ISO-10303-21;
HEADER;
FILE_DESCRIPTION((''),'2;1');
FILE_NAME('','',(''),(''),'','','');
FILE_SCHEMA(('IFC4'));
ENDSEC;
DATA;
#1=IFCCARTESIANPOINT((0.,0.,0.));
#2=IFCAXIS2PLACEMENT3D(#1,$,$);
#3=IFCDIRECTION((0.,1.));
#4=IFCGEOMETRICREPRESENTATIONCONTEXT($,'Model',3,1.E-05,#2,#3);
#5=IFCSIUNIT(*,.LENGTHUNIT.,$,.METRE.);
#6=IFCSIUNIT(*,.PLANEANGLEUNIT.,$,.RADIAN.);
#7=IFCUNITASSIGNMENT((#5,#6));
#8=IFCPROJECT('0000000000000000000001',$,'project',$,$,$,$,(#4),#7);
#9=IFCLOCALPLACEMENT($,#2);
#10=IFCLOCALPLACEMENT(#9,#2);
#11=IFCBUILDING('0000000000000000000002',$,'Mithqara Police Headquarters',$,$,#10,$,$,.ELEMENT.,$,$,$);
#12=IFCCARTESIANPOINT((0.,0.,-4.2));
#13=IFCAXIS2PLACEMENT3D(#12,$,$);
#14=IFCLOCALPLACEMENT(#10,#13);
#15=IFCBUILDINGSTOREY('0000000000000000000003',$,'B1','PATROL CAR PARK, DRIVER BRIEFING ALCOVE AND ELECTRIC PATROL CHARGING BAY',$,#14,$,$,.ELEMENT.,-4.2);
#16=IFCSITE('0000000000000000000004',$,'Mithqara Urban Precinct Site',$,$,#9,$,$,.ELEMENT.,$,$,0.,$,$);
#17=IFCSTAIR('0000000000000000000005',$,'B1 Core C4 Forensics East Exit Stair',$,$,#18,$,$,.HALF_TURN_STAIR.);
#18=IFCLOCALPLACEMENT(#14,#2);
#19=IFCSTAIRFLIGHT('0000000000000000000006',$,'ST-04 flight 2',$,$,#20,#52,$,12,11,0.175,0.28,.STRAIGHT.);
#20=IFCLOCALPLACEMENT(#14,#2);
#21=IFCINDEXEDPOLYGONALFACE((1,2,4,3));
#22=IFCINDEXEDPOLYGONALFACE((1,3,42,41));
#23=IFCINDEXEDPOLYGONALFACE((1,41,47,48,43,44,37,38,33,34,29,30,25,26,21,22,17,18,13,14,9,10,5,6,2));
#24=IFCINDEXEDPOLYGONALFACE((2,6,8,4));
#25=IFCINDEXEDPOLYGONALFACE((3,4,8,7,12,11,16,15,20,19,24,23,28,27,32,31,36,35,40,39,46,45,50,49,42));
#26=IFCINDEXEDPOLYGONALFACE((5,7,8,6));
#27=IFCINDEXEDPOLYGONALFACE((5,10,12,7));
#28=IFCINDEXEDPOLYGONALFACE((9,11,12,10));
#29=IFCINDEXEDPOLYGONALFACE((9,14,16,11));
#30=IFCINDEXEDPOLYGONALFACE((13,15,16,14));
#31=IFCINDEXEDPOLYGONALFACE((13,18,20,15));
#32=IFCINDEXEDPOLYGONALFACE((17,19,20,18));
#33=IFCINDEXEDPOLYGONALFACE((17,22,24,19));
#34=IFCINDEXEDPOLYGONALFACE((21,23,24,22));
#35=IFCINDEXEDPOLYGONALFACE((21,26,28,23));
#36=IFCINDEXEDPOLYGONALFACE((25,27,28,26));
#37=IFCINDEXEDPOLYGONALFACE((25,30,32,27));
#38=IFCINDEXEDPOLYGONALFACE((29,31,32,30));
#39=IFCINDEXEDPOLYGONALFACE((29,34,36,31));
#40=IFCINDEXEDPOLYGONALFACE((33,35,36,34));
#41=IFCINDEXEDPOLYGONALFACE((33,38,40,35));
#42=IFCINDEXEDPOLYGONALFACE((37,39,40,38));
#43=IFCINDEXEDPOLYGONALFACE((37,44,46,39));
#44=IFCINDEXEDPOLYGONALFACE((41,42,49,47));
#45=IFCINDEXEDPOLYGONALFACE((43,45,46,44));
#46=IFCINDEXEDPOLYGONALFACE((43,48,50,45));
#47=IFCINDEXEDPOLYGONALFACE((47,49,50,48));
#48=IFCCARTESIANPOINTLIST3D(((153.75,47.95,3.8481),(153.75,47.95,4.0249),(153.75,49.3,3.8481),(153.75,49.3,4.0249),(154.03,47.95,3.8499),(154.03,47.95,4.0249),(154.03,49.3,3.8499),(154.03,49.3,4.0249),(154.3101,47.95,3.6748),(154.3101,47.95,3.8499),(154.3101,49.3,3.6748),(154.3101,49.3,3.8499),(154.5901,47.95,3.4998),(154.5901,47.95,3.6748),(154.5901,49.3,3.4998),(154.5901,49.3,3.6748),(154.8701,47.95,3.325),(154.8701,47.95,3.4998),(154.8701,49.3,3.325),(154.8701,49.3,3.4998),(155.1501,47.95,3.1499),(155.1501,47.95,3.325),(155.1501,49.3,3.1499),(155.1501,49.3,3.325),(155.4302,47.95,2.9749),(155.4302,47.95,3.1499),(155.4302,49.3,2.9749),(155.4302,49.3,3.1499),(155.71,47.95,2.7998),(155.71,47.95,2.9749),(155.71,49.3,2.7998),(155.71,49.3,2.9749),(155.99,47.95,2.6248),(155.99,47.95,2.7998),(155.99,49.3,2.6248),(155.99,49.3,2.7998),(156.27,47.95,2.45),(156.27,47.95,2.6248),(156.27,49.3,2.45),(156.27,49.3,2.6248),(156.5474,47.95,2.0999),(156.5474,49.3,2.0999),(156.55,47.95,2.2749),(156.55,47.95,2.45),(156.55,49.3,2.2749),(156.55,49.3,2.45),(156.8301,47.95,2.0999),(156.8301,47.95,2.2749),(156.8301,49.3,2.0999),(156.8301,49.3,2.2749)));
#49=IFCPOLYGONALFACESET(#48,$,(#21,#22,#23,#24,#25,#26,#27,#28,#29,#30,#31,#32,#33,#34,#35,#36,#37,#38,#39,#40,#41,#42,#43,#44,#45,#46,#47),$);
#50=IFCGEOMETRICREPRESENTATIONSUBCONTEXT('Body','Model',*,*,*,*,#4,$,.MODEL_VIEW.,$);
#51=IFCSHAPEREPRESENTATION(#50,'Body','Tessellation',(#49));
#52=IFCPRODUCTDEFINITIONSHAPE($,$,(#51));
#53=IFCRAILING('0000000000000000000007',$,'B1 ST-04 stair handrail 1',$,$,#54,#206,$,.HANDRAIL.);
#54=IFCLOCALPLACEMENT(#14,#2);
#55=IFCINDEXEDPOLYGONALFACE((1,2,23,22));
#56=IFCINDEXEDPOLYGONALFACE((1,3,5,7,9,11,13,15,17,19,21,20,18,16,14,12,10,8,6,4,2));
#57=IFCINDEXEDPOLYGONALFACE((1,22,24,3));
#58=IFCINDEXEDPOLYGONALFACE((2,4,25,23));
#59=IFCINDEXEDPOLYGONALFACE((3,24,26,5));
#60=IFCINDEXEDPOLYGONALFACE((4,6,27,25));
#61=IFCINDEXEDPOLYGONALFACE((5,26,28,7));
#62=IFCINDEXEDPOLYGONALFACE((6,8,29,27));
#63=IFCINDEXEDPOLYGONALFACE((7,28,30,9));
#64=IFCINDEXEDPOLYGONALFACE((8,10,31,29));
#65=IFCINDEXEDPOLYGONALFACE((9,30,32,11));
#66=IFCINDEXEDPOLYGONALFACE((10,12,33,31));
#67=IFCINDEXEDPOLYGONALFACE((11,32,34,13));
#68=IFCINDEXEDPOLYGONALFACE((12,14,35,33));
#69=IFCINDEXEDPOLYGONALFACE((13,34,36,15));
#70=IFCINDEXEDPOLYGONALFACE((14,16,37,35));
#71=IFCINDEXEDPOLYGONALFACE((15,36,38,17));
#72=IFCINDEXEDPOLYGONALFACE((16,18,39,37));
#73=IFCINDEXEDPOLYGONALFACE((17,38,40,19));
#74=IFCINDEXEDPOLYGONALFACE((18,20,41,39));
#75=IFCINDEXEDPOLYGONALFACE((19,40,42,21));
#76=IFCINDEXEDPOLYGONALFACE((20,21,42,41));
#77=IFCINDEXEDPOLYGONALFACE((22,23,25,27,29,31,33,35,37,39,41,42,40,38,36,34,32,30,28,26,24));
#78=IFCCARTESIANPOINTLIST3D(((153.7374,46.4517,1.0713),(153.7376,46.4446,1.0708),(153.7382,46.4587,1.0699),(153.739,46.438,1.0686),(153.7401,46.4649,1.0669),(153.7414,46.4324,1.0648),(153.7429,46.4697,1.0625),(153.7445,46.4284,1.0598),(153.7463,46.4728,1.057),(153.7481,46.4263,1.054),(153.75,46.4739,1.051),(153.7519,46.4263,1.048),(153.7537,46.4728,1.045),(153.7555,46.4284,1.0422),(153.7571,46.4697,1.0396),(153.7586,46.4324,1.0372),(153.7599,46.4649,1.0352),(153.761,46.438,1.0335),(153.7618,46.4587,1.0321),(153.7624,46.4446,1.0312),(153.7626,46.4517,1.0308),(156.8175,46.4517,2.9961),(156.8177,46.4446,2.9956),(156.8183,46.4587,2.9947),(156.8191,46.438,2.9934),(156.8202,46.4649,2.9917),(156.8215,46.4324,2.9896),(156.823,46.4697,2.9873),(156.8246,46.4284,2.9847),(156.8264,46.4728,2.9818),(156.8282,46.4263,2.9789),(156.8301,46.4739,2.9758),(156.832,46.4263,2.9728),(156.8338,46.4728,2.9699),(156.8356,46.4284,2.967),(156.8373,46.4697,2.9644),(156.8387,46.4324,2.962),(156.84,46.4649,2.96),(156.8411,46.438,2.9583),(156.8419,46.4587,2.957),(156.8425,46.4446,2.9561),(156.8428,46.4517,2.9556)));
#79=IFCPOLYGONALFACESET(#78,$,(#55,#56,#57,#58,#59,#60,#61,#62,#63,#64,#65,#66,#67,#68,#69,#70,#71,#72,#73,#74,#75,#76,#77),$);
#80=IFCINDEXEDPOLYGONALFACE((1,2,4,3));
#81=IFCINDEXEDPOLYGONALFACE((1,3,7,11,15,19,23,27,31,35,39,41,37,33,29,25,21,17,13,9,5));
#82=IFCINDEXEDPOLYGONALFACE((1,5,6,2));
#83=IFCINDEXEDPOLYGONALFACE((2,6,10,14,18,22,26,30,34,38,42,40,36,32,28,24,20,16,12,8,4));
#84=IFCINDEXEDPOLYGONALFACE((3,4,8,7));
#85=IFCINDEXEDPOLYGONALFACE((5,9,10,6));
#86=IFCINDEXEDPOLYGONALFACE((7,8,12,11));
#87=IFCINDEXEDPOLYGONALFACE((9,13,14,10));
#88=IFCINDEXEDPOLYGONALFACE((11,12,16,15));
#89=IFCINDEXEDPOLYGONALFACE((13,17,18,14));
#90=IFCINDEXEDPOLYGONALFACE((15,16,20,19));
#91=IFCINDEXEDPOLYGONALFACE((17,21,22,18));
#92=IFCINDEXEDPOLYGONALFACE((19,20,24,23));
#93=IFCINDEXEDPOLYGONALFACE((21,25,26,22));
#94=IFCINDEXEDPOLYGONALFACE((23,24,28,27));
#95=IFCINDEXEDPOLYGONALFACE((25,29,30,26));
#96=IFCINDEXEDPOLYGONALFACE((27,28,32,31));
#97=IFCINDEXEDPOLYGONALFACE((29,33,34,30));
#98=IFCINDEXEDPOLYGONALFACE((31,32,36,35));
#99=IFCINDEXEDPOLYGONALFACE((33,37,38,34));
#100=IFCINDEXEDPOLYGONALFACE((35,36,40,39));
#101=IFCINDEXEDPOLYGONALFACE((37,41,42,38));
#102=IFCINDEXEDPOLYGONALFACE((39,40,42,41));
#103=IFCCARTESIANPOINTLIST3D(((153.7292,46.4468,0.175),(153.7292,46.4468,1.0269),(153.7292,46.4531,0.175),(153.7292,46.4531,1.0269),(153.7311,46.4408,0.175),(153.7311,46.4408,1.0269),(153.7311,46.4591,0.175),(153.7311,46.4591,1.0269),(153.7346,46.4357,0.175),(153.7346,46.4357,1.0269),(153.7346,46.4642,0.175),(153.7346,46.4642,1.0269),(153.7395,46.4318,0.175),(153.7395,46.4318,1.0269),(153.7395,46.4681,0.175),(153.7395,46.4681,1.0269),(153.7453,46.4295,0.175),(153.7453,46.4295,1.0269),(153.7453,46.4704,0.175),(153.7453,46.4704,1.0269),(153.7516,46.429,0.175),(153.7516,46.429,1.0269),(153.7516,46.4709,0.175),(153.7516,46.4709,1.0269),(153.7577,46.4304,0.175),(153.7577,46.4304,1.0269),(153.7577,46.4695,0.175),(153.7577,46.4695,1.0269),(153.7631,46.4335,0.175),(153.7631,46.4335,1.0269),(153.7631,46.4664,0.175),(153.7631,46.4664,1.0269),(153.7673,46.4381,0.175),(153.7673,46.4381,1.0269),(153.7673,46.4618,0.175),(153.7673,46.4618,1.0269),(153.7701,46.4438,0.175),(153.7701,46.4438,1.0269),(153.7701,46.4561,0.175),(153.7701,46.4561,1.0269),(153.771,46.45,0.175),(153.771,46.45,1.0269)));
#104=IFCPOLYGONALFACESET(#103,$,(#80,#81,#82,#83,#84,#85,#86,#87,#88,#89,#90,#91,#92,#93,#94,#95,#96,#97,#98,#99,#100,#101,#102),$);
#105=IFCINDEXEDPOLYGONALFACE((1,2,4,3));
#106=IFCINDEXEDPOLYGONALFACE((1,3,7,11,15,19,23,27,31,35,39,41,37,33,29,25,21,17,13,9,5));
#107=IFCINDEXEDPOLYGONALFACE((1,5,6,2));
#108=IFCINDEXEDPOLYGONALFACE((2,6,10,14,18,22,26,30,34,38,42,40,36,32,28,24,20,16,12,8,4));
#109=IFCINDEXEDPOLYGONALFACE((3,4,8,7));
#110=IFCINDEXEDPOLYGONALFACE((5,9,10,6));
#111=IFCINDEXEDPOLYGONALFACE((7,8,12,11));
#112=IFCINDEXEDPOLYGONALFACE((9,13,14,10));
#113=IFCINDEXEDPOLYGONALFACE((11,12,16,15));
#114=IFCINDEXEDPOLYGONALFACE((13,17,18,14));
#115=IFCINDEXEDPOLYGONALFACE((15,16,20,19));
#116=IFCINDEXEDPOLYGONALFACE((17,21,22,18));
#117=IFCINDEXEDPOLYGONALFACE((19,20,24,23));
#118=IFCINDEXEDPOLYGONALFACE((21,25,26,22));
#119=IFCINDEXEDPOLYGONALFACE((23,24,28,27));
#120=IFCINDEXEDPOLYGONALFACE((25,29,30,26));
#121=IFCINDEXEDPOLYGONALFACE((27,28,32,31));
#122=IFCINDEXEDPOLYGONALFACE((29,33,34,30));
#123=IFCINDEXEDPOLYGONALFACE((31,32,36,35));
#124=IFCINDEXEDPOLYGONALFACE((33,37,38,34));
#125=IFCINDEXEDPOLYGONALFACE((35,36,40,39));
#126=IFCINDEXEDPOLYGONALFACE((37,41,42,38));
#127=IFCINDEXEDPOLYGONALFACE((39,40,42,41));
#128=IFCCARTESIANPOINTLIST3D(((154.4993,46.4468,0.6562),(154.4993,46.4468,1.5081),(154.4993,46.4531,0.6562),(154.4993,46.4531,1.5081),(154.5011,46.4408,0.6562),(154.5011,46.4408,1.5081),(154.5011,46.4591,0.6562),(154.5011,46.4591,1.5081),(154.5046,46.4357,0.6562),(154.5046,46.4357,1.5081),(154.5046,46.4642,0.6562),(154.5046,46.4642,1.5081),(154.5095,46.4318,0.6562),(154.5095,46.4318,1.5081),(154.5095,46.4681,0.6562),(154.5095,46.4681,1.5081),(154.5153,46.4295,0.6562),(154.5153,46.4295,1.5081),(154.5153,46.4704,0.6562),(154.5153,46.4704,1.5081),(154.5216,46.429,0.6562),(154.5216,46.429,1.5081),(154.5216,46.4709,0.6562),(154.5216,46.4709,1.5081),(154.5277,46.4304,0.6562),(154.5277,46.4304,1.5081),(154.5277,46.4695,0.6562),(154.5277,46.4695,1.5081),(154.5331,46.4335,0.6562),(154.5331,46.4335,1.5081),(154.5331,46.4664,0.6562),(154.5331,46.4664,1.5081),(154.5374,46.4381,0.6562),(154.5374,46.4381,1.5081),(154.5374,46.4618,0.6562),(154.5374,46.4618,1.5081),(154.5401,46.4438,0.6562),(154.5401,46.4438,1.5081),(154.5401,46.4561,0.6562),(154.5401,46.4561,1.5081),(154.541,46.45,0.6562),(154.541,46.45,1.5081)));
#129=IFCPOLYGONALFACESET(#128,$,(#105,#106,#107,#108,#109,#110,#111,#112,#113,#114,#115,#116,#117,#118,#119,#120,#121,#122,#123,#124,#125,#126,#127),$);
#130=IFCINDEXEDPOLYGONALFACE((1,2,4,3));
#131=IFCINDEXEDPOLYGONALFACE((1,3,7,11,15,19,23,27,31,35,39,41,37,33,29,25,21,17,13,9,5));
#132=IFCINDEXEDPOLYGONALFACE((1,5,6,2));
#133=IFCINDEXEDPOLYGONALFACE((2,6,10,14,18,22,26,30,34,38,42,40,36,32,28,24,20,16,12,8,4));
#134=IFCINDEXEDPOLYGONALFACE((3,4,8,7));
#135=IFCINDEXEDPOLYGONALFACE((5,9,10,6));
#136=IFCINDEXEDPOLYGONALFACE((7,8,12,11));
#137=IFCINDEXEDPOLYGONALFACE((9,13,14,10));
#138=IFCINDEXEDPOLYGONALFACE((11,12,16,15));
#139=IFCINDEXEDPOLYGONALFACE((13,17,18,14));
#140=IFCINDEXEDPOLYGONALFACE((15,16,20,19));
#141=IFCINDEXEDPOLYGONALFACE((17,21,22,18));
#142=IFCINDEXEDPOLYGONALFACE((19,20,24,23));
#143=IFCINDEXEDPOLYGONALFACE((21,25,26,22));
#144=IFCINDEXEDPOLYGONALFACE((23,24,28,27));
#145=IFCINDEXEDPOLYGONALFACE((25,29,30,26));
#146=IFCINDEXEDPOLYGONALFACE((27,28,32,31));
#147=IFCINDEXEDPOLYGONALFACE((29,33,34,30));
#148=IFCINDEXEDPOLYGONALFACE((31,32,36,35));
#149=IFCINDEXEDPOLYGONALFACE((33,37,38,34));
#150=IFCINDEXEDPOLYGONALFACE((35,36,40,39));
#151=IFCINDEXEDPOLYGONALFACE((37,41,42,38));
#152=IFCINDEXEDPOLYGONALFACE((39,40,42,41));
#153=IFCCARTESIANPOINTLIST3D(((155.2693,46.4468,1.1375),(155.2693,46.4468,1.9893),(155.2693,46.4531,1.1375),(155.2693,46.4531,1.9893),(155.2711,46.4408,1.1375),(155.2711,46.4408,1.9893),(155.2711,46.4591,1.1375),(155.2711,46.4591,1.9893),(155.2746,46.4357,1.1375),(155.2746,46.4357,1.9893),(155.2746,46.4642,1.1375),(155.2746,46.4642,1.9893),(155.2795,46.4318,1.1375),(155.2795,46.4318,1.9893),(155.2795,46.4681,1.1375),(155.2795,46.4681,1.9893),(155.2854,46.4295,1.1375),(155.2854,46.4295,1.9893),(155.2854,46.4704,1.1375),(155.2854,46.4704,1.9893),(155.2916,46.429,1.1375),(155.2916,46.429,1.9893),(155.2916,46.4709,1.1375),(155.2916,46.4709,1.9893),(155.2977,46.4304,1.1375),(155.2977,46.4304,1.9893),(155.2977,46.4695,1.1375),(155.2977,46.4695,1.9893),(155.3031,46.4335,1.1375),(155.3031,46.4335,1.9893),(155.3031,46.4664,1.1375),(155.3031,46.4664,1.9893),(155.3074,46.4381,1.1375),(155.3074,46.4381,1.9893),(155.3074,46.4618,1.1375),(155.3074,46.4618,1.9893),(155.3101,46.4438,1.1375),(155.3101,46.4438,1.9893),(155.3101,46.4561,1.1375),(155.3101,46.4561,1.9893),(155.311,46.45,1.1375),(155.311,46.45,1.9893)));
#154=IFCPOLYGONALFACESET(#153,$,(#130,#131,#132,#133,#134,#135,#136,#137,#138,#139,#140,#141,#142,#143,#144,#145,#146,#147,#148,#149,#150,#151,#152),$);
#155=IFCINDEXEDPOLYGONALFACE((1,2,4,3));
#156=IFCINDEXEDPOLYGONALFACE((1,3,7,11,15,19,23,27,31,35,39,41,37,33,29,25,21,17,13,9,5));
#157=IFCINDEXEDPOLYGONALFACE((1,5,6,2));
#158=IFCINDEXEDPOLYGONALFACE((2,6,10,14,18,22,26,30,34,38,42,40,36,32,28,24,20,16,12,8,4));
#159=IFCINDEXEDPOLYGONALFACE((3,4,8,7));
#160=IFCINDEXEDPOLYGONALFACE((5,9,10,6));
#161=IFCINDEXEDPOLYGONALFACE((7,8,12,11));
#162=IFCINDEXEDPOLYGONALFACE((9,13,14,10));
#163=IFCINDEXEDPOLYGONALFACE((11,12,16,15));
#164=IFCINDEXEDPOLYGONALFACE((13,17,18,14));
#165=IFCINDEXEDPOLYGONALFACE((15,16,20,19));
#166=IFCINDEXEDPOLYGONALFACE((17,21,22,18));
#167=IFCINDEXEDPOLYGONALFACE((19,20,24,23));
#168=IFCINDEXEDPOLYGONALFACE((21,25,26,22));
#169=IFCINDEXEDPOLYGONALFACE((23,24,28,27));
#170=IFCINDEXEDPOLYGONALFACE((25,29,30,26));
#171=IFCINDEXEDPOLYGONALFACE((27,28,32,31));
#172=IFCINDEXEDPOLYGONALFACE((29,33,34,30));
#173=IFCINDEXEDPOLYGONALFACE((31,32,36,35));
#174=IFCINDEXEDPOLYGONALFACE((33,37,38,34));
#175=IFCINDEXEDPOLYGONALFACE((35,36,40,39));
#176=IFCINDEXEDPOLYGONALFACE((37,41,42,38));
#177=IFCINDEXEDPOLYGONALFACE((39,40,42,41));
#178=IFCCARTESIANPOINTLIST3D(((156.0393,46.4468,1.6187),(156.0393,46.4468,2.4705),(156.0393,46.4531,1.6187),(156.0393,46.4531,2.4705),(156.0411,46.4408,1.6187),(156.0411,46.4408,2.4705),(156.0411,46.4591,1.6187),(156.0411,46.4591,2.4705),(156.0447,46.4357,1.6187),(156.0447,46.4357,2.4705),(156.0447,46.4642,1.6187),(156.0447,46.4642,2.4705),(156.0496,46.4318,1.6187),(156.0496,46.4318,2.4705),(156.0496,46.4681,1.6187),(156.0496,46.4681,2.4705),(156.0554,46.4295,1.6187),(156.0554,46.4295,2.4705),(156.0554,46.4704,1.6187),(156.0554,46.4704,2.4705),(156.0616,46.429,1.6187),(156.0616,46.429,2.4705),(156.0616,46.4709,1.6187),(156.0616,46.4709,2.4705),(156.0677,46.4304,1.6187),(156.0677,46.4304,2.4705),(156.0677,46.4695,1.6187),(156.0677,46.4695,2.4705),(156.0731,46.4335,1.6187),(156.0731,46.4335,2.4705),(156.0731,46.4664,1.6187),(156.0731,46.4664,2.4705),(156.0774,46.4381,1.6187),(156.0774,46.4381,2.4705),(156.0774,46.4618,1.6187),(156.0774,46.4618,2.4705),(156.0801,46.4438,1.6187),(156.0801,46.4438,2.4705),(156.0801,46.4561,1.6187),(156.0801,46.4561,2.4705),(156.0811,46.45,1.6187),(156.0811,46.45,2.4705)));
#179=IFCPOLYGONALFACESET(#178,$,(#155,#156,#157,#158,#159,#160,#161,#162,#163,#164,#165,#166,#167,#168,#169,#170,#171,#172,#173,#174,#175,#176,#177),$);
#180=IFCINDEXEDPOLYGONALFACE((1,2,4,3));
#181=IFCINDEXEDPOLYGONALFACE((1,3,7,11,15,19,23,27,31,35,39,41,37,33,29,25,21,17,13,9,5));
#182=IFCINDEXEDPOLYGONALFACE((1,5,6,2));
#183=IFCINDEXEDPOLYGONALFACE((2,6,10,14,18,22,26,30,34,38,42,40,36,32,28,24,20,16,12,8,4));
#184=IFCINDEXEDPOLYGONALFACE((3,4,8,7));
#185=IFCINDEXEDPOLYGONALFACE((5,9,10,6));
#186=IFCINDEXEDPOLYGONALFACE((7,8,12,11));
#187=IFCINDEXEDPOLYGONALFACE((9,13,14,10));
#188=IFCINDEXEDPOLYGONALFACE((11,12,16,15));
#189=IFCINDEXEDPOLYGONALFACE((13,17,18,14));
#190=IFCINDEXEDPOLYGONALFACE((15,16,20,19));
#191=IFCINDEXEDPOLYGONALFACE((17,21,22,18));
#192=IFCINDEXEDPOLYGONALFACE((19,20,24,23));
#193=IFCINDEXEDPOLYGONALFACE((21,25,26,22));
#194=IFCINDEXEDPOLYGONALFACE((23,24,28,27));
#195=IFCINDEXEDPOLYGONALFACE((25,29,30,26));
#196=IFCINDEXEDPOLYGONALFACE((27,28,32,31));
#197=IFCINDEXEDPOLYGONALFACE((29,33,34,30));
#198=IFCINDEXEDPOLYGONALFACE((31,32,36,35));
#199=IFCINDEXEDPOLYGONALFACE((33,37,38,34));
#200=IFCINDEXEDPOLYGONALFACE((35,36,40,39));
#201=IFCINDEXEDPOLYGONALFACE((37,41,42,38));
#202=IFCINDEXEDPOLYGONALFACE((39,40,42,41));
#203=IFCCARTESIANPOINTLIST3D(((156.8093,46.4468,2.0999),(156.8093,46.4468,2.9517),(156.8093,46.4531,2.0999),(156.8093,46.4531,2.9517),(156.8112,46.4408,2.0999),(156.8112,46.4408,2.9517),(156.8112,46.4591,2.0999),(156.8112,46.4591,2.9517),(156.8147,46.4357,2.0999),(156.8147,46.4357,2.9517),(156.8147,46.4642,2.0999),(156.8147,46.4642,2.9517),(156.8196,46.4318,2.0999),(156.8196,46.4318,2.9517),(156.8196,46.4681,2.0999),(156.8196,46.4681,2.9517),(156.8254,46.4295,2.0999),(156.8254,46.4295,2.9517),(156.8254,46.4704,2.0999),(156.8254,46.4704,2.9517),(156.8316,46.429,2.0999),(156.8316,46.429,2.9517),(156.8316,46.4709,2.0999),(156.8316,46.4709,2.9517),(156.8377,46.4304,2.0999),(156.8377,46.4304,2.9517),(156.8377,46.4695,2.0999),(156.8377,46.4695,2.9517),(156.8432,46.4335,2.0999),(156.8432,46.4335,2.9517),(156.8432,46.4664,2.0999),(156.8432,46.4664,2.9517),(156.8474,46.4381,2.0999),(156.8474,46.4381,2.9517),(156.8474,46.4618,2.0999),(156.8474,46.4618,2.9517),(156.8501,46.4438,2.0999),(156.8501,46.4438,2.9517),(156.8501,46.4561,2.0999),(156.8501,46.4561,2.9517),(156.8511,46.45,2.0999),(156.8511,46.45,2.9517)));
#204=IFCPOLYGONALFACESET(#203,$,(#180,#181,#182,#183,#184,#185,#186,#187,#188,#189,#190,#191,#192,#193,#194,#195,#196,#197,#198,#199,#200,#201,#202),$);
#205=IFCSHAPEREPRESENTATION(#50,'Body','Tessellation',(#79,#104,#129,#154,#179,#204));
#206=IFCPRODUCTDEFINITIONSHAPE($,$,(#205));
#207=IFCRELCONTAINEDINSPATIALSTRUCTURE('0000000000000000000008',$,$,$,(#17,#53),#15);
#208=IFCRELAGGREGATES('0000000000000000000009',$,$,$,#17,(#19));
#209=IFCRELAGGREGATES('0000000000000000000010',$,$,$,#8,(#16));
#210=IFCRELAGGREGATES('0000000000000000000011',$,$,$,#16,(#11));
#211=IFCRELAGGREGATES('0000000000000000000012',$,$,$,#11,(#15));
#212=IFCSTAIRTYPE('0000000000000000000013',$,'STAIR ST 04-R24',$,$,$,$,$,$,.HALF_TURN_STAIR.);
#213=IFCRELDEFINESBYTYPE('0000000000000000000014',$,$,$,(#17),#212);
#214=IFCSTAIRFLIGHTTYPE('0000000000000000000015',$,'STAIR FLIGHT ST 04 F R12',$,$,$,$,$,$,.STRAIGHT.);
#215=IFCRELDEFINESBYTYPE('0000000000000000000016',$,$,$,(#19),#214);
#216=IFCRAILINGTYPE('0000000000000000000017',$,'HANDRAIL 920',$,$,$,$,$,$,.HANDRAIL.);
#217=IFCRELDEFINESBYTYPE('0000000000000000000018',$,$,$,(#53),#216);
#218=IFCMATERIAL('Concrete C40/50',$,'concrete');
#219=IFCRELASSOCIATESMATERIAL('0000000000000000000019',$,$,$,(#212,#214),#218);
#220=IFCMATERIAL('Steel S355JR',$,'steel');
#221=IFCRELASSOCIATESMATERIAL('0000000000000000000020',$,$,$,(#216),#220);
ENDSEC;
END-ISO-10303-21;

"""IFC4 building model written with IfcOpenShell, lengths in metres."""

from ifc_helpers import new_model, si_unit, direction, frame, origin, origin_2d, place, context, subcontext, project, spatial, polyline, circle, outline, extrude, material, type_object, element, aggregate, save


model = new_model("IFC4")

# Units and contexts
model_context = context("Model", 3, precision=1e-05, world=origin(), true_north=direction((0.0, 1.0)))
body_context = subcontext(model_context, "Body", "Model", "MODEL_VIEW")
ifc_project = project(units=[si_unit("LENGTHUNIT", "METRE"), si_unit("PLANEANGLEUNIT", "RADIAN")], contexts=[model_context])

# Site, building, storey
site_placement = place(None, origin())
site = spatial("IfcSite", under=ifc_project, at=site_placement, Name="Mithqara Urban Precinct Site", CompositionType="ELEMENT", RefElevation=0.0)
building_placement = place(site_placement, origin())
building = spatial("IfcBuilding", under=site, at=building_placement, Name="Mithqara Police Headquarters", CompositionType="ELEMENT")
storey_placement = place(building_placement, frame((0.0, 0.0, -4.2)))
storey = spatial("IfcBuildingStorey", under=building, at=storey_placement, Name="B1", Description="PATROL CAR PARK, DRIVER BRIEFING ALCOVE AND ELECTRIC PATROL CHARGING BAY", CompositionType="ELEMENT", Elevation=-4.2)

# Shared definitions
ifc_material_1 = material(Name="Steel S355JR", Category="steel")
ifc_material_2 = material(Name="Concrete C40/50", Category="concrete")

# Stair, stair flight
stair_type = type_object("IfcStairType", Name="STAIR ST 04-R24", PredefinedType="HALF_TURN_STAIR", material=ifc_material_2)
stair_placement = place(storey_placement, origin())
stair = element("IfcStair", 1, at=stair_placement, inside=storey, type_object=stair_type, Name="B1 Core C4 Forensics East Exit Stair", PredefinedType="HALF_TURN_STAIR")
stair_flight_type = type_object("IfcStairFlightType", Name="STAIR FLIGHT ST 04 F R12", PredefinedType="STRAIGHT", material=ifc_material_2)
stair_flight_1_placement = place(storey_placement, frame((156.8301, 48.625, 2.0999), z_axis=(0.0, 0.0, 1.0), x_axis=(-1.0, 0.0, 0.0)))
stair_flight_1 = element("IfcStairFlight", 2, at=stair_flight_1_placement, type_object=stair_flight_type, Name="ST-04 flight 2", NumberOfRisers=12, NumberOfTreads=11, PredefinedType="STRAIGHT", RiserHeight=0.175, TreadLength=0.28, context=body_context, shape_type="SweptSolid", body=[
    extrude(outline(polyline([(0.0, 0.0), (0.0, 0.175), (0.28, 0.175), (0.28, 0.3501), (0.5601, 0.3501), (0.5601, 0.5249), (0.8401, 0.5249), (0.8401, 0.7), (1.1201, 0.7), (1.1201, 0.875), (1.3999, 0.875), (1.3999, 1.05), (1.6799, 1.05), (1.6799, 1.2251), (1.96, 1.2251), (1.96, 1.3999), (2.24, 1.3999), (2.24, 1.575), (2.52, 1.575), (2.52, 1.75), (2.8, 1.75), (2.8, 1.925), (3.0801, 1.925), (3.0801, 2.1001), (3.0801, 1.7483), (0.2827, 0.0), (0.0, 0.0)])), frame((0.0, 0.675, 0.0), z_axis=(0.0, -1.0, 0.0), x_axis=(1.0, 0.0, 0.0)), (0.0, 0.0, 1.0), 1.3501),
])
aggregate(stair, [stair_flight_1])

# Railing
railing_type_1 = type_object("IfcRailingType", Name="HANDRAIL 920", PredefinedType="HANDRAIL", material=ifc_material_1)
railing_1_placement = place(storey_placement, frame((153.75, 46.45, 0.175)))
element("IfcRailing", 3, at=railing_1_placement, inside=storey, type_object=railing_type_1, Name="B1 ST-04 stair handrail 1", PredefinedType="HANDRAIL", context=body_context, shape_type="SweptSolid", body=[
    extrude(circle(Radius=0.0239, at=origin_2d()), frame((0.0, 0.0, 0.876), z_axis=(0.848029, 0.0, 0.529951), x_axis=(0.0, 1.0, 0.0)), (0.0, 0.0, 1.0), 3.6321),
    extrude(circle(Radius=0.021, at=origin_2d()), origin(), (0.0, 0.0, 1.0), 0.8518),
    extrude(circle(Radius=0.021, at=origin_2d()), frame((0.77, 0.0, 0.4812)), (0.0, 0.0, 1.0), 0.8518),
    extrude(circle(Radius=0.021, at=origin_2d()), frame((1.54, 0.0, 0.9624)), (0.0, 0.0, 1.0), 0.8518),
    extrude(circle(Radius=0.021, at=origin_2d()), frame((2.3101, 0.0, 1.4436)), (0.0, 0.0, 1.0), 0.8518),
    extrude(circle(Radius=0.021, at=origin_2d()), frame((3.0801, 0.0, 1.9248)), (0.0, 0.0, 1.0), 0.8518),
])

save(model, "model.ifc")
